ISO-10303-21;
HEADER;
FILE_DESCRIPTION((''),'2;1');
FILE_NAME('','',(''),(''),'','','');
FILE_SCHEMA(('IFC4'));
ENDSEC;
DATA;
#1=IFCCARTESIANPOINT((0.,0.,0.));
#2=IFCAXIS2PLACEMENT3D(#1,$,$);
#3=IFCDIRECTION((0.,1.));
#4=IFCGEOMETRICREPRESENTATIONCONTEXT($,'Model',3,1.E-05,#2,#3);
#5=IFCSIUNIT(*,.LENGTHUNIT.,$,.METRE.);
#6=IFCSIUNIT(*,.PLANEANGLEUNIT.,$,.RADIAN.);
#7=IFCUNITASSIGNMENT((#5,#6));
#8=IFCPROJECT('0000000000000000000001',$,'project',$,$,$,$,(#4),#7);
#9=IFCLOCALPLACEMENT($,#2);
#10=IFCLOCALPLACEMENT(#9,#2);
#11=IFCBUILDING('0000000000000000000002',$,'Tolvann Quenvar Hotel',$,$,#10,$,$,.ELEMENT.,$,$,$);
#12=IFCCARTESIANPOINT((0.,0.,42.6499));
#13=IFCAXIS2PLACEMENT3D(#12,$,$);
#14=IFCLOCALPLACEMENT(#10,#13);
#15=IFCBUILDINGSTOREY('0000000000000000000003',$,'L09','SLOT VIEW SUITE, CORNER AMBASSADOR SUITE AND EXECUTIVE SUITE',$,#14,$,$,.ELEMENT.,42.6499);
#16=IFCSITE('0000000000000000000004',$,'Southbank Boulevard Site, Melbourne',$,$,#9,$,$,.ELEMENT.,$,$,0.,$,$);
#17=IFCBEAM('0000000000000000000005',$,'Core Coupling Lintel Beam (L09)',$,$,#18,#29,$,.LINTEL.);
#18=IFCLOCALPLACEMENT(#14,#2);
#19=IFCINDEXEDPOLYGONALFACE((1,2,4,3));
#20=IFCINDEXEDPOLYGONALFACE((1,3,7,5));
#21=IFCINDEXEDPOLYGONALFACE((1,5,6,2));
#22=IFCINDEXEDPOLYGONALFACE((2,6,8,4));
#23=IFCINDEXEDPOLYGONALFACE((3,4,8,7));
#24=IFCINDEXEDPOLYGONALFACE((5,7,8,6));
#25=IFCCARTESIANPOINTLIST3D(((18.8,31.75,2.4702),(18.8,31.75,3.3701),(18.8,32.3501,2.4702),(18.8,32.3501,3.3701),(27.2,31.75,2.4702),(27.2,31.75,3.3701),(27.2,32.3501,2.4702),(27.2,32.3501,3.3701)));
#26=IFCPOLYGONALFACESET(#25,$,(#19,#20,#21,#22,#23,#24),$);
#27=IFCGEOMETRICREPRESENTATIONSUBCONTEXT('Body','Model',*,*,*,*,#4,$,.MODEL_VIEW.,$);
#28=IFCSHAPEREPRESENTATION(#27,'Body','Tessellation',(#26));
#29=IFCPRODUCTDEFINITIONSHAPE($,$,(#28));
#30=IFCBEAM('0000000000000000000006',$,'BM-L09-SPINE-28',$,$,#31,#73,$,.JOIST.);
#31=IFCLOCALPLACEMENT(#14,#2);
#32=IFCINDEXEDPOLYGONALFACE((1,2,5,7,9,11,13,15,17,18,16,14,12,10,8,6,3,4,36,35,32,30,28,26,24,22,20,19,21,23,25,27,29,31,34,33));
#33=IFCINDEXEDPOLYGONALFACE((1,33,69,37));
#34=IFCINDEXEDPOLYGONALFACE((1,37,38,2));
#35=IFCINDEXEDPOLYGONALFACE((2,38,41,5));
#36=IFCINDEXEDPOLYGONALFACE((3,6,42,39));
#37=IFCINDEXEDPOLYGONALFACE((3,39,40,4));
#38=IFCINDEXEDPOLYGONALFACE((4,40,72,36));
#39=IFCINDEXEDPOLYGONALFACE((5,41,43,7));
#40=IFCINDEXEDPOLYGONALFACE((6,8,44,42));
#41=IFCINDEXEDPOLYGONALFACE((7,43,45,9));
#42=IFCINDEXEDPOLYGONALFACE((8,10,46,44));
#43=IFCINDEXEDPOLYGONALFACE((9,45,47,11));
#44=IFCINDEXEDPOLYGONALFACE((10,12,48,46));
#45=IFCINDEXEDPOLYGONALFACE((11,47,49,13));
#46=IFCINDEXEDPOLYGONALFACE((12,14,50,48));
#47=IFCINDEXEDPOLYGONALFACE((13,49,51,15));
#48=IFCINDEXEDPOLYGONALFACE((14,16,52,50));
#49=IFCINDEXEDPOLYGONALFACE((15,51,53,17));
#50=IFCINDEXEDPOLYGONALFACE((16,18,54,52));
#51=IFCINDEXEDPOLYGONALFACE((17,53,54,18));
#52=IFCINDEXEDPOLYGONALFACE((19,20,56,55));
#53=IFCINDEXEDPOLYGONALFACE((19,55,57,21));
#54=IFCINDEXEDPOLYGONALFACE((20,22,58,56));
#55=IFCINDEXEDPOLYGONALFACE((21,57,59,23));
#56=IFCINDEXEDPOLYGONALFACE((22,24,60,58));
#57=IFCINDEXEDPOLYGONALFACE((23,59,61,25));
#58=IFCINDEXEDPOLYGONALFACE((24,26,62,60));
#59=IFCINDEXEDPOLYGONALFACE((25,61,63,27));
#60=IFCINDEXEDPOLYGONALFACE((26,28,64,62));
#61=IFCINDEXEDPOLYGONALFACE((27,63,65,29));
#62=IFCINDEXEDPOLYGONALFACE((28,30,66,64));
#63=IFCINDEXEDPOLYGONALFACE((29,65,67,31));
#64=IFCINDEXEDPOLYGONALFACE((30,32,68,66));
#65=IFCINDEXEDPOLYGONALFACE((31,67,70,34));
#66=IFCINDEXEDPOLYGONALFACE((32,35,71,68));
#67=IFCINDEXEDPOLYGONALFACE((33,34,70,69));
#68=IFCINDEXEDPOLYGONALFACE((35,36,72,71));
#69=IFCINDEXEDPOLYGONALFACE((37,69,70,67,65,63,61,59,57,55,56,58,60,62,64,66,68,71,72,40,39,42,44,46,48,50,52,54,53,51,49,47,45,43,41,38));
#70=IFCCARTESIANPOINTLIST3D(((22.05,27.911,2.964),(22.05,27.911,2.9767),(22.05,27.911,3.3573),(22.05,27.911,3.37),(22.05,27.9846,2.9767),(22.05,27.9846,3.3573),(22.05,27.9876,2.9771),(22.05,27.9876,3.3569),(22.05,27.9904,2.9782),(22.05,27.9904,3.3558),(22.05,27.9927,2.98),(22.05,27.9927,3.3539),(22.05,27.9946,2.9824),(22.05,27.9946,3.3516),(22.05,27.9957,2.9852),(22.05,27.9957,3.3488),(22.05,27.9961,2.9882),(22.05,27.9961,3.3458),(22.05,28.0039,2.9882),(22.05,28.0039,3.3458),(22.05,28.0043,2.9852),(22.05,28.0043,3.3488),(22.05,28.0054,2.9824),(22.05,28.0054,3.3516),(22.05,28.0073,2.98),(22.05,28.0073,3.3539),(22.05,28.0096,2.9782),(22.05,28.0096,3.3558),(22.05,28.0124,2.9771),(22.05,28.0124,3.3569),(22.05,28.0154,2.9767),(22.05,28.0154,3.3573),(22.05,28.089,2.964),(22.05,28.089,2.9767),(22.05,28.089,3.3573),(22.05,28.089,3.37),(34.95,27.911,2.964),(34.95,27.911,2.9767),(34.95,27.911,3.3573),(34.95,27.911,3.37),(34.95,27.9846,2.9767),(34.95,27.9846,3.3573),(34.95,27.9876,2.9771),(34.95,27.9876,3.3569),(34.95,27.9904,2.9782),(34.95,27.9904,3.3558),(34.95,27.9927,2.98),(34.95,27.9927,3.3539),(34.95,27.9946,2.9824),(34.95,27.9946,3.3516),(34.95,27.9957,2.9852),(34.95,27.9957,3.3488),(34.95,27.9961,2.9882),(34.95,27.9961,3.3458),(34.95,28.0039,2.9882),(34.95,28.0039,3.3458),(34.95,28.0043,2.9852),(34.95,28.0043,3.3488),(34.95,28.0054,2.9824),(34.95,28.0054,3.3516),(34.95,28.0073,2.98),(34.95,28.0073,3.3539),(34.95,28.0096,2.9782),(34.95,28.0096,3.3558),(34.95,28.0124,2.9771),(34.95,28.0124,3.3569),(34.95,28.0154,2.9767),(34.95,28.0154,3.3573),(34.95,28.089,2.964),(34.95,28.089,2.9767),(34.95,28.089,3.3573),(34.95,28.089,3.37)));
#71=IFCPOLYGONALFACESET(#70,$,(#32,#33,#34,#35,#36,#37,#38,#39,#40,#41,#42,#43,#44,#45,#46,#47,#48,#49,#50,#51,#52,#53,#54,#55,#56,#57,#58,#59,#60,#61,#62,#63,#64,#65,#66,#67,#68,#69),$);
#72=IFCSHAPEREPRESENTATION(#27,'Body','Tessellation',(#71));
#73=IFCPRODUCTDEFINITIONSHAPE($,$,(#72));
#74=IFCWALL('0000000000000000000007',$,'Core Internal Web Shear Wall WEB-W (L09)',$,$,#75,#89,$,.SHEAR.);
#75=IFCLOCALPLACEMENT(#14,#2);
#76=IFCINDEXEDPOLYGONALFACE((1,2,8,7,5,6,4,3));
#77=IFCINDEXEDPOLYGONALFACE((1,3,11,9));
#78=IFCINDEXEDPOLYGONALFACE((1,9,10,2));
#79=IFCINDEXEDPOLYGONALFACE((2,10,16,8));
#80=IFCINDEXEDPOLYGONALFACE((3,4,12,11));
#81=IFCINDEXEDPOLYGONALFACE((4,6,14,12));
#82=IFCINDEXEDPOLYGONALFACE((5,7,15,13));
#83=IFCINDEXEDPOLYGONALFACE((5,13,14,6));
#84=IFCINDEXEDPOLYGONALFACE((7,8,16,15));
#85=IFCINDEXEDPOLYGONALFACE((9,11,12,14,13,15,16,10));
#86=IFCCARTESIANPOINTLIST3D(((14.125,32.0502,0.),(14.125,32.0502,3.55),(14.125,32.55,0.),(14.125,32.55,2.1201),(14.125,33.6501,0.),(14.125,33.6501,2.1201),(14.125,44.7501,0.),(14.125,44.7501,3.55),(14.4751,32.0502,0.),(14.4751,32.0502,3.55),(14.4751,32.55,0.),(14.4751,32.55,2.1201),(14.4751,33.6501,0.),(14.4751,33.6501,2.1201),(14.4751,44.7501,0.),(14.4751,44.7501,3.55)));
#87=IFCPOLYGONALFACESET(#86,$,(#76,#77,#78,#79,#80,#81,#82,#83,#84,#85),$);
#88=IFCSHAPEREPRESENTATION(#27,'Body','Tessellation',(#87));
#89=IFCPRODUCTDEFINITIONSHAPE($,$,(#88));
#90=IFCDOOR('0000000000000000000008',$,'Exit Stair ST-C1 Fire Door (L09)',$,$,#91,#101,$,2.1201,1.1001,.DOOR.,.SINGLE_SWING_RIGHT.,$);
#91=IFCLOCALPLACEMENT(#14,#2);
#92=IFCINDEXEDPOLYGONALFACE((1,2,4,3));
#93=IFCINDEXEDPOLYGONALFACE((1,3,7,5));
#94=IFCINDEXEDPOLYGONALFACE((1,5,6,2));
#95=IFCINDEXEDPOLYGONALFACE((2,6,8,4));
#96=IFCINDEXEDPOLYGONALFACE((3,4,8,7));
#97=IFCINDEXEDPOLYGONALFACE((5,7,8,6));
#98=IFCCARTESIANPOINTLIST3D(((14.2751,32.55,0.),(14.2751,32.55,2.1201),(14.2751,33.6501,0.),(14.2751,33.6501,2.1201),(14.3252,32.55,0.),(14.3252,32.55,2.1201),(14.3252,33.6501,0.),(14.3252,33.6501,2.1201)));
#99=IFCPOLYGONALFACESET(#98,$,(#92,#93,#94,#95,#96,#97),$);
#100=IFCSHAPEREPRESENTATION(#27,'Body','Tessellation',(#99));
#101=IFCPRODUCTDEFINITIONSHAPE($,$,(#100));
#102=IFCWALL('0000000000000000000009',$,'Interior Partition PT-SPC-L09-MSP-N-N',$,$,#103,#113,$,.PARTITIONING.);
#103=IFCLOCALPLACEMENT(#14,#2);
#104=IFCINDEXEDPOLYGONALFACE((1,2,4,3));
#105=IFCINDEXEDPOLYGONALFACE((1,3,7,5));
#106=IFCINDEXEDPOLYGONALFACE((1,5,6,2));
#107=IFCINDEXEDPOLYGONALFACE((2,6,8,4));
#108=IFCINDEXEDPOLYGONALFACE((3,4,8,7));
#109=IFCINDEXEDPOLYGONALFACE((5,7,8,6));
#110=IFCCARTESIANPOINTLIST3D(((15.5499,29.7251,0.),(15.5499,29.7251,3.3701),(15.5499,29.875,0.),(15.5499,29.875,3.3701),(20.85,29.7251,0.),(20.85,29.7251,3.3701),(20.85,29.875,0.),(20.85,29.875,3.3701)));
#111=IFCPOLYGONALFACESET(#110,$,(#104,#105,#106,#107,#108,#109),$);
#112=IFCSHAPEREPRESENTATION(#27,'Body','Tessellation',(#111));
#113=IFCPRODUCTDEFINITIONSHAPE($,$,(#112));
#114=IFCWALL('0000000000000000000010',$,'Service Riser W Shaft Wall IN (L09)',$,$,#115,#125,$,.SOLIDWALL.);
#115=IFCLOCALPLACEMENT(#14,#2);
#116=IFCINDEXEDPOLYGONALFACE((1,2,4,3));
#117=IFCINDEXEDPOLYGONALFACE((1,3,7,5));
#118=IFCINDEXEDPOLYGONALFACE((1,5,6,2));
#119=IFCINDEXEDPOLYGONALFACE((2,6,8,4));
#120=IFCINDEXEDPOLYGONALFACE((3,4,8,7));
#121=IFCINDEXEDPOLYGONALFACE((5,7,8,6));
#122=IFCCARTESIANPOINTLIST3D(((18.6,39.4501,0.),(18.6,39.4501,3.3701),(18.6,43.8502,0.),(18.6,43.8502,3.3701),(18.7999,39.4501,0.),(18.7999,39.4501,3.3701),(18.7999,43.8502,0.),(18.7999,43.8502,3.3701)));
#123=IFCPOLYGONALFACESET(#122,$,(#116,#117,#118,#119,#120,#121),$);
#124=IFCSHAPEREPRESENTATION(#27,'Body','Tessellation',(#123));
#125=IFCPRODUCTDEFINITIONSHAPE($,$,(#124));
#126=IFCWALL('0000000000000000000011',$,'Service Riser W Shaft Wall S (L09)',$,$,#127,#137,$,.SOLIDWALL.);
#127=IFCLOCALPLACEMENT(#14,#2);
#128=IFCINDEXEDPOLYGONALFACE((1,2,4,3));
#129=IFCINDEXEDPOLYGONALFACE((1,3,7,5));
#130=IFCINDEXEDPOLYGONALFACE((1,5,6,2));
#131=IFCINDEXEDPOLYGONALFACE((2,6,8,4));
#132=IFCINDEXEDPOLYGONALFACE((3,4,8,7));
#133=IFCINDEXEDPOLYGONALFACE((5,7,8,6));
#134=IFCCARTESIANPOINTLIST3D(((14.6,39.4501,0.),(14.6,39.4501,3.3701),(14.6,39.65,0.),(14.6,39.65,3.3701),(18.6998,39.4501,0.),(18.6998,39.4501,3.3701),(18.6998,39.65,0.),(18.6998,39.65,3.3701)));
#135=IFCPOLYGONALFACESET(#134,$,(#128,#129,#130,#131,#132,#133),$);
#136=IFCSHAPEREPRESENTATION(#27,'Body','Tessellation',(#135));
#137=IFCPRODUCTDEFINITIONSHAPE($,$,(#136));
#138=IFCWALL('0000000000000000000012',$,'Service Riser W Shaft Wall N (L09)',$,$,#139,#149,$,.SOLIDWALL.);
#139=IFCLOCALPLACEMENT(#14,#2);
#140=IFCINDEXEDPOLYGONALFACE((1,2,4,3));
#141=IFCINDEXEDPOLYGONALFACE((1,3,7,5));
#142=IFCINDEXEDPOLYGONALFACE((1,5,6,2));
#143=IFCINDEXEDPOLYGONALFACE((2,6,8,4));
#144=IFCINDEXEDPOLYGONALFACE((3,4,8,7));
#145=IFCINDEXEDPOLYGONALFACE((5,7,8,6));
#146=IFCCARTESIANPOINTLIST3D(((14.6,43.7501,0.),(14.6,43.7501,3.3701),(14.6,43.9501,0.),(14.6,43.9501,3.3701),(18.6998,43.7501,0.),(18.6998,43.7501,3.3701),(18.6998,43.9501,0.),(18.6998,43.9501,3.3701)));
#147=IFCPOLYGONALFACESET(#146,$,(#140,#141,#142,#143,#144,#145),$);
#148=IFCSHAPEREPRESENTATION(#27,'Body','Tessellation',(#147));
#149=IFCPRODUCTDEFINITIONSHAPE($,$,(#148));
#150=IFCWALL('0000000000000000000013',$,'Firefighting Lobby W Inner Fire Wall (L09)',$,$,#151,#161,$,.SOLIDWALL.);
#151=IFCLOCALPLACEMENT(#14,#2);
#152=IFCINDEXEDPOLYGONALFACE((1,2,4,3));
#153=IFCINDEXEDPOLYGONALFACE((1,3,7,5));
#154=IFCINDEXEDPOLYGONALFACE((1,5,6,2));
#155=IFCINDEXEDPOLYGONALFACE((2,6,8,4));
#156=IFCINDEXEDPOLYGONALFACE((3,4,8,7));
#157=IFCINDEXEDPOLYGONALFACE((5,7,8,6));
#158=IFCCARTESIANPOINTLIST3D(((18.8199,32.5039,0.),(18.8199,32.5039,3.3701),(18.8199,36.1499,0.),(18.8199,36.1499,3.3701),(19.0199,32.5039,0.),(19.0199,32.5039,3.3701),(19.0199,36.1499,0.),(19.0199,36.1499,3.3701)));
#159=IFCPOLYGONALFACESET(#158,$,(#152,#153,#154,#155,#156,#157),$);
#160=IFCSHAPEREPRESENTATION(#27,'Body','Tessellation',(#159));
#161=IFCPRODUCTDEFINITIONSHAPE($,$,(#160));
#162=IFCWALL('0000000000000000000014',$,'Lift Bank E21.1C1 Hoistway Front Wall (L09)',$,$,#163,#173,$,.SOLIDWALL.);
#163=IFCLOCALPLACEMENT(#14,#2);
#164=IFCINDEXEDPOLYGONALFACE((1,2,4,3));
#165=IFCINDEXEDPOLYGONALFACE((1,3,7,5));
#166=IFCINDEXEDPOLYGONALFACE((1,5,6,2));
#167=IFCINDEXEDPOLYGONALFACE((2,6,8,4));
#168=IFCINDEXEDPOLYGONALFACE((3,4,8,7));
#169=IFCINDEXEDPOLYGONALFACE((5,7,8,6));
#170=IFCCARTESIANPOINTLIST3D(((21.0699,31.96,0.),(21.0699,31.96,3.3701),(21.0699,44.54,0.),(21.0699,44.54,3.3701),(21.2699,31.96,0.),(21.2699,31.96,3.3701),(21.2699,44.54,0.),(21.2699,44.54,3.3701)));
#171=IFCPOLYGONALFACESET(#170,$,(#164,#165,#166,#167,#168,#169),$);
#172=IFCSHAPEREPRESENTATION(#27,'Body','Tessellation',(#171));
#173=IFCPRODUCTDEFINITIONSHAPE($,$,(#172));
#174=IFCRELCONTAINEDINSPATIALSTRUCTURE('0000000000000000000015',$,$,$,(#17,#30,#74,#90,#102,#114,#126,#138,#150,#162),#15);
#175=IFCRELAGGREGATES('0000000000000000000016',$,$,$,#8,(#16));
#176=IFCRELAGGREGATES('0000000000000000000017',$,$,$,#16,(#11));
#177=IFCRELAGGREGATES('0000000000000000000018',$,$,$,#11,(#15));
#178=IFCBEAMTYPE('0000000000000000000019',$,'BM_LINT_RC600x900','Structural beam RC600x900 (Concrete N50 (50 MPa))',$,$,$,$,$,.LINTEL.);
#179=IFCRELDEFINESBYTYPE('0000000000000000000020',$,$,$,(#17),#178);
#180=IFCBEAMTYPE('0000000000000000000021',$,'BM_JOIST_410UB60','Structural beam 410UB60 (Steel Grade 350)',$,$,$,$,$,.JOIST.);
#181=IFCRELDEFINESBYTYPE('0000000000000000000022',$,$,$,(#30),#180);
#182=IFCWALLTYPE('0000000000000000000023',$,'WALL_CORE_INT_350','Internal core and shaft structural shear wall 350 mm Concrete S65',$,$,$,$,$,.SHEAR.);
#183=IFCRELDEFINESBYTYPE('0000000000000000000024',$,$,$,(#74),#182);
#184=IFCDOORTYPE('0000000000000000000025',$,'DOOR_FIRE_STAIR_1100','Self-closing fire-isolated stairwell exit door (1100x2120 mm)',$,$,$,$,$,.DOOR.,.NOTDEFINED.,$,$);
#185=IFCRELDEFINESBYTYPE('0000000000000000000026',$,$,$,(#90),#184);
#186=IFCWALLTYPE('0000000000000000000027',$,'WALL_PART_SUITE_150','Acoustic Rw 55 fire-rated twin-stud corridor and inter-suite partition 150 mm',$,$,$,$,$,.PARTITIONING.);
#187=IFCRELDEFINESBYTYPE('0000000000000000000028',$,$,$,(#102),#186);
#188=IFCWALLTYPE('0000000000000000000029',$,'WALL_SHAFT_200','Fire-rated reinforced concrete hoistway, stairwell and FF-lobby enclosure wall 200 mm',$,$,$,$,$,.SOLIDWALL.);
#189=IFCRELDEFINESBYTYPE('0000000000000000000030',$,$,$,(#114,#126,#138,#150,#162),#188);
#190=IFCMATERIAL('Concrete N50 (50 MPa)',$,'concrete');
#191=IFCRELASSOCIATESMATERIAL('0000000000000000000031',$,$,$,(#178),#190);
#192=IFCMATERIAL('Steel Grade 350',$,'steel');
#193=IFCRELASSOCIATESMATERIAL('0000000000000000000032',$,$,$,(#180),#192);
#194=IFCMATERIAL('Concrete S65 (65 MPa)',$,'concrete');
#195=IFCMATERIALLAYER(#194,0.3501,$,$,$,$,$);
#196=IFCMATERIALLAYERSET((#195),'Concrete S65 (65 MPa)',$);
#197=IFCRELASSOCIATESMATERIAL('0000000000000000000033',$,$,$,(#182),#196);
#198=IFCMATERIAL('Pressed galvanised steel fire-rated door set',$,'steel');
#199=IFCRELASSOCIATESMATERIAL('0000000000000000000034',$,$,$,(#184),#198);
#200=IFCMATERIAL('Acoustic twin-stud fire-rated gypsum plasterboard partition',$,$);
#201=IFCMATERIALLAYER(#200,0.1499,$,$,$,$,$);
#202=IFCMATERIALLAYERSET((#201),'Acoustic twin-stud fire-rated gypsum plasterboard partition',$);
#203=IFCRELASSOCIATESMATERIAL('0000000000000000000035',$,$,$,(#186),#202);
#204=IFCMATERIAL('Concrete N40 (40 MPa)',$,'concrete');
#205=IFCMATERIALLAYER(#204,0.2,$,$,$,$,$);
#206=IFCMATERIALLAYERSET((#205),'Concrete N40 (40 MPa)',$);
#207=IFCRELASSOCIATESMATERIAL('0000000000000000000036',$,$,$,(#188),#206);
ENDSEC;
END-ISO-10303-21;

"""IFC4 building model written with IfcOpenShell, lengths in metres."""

from ifc_helpers import new_model, si_unit, direction, frame, frame_2d, origin, origin_2d, place, context, subcontext, project, spatial, rectangle, i_section, extrude, source, transform, mapped, material, layer, layer_set, material_profile, profile_set, type_object, type_shapes, element, fill, save


model = new_model("IFC4")

# Units and contexts
model_context = context("Model", 3, precision=1e-05, world=origin(), true_north=direction((0.0, 1.0)))
body_context = subcontext(model_context, "Body", "Model", "MODEL_VIEW")
ifc_project = project(units=[si_unit("LENGTHUNIT", "METRE"), si_unit("PLANEANGLEUNIT", "RADIAN")], contexts=[model_context])

# Site, building, storey
site_placement = place(None, origin())
site = spatial("IfcSite", under=ifc_project, at=site_placement, Name="Southbank Boulevard Site, Melbourne", CompositionType="ELEMENT", RefElevation=0.0)
building_placement = place(site_placement, origin())
building = spatial("IfcBuilding", under=site, at=building_placement, Name="Tolvann Quenvar Hotel", CompositionType="ELEMENT")
storey_placement = place(building_placement, frame((0.0, 0.0, 42.6499)))
storey = spatial("IfcBuildingStorey", under=building, at=storey_placement, Name="L09", Description="SLOT VIEW SUITE, CORNER AMBASSADOR SUITE AND EXECUTIVE SUITE", CompositionType="ELEMENT", Elevation=42.6499)

# Beams
ifc_material_1 = material(Name="Concrete N50 (50 MPa)", Category="concrete")
ifc_material_profile_1 = material_profile(ifc_material_1, rectangle(XDim=0.6001, YDim=0.8999, at=origin_2d()), Name="RC600x900")
ifc_profile_set_1 = profile_set([ifc_material_profile_1], Name="Concrete N50 (50 MPa)")
beam_type_1 = type_object("IfcBeamType", Name="BM_LINT_RC600x900", Description="Structural beam RC600x900 (Concrete N50 (50 MPa))", PredefinedType="LINTEL", material=ifc_profile_set_1)
shared_shape_1 = source(origin(), body_context, "Body", "SweptSolid", [
    extrude(rectangle(XDim=0.6001, YDim=0.8999, at=origin_2d()), origin(), (0.0, 0.0, 1.0), 8.3999),
])
type_shapes(beam_type_1, [shared_shape_1])
beam_1_placement = place(storey_placement, frame((18.8, 32.05, 2.9202), z_axis=(1.0, 0.0, 0.0), x_axis=(0.0, 1.0, 0.0)))
element("IfcBeam", 1, at=beam_1_placement, inside=storey, type_object=beam_type_1, Name="Core Coupling Lintel Beam (L09)", PredefinedType="LINTEL", context=body_context, shape_type="MappedRepresentation", body=[
    mapped(shared_shape_1, transform((0.0, 0.0, 0.0), x_axis=(1.0, 0.0, 0.0), y_axis=(0.0, 1.0, 0.0), z_axis=(0.0, 0.0, 1.0), scale=1.0)),
])
ifc_material_2 = material(Name="Steel Grade 350", Category="steel")
ifc_material_profile_2 = material_profile(ifc_material_2, i_section(OverallWidth=0.178, OverallDepth=0.406, WebThickness=0.0078, FlangeThickness=0.0127, FilletRadius=0.0115, at=origin_2d()), Name="410UB60")
ifc_profile_set_2 = profile_set([ifc_material_profile_2], Name="Steel Grade 350")
beam_type_2 = type_object("IfcBeamType", Name="BM_JOIST_410UB60", Description="Structural beam 410UB60 (Steel Grade 350)", PredefinedType="JOIST", material=ifc_profile_set_2)
shared_shape_2 = source(origin(), body_context, "Body", "SweptSolid", [
    extrude(i_section(OverallWidth=0.178, OverallDepth=0.406, WebThickness=0.0078, FlangeThickness=0.0127, FilletRadius=0.0115, at=origin_2d()), origin(), (0.0, 0.0, 1.0), 12.8999),
])
type_shapes(beam_type_2, [shared_shape_2])
beam_2_placement = place(storey_placement, frame((22.05, 28.0, 3.167), z_axis=(1.0, 0.0, 0.0), x_axis=(0.0, 1.0, 0.0)))
element("IfcBeam", 2, at=beam_2_placement, inside=storey, type_object=beam_type_2, Name="BM-L09-SPINE-28", PredefinedType="JOIST", context=body_context, shape_type="MappedRepresentation", body=[
    mapped(shared_shape_2, transform((0.0, 0.0, 0.0), x_axis=(1.0, 0.0, 0.0), y_axis=(0.0, 1.0, 0.0), z_axis=(0.0, 0.0, 1.0), scale=1.0)),
])

# Wall, opening, door
ifc_material_3 = material(Name="Concrete S65 (65 MPa)", Category="concrete")
ifc_layer_1 = layer(ifc_material_3, 0.3501)
ifc_layer_set_1 = layer_set([ifc_layer_1], Name="Concrete S65 (65 MPa)")
wall_type_1 = type_object("IfcWallType", Name="WALL_CORE_INT_350", Description="Internal core and shaft structural shear wall 350 mm Concrete S65", PredefinedType="SHEAR", material=ifc_layer_set_1)
wall_1_placement = place(storey_placement, frame((14.3, 32.05, 0.0), z_axis=(0.0, 0.0, 1.0), x_axis=(0.0, 1.0, 0.0)))
wall_1 = element("IfcWall", 3, at=wall_1_placement, inside=storey, type_object=wall_type_1, Name="Core Internal Web Shear Wall WEB-W (L09)", PredefinedType="SHEAR", context=body_context, shape_type="SweptSolid", body=[
    extrude(rectangle(XDim=12.7, YDim=0.3501, at=frame_2d((6.3501, 0.0))), origin(), (0.0, 0.0, 1.0), 3.55),
])
opening_1_placement = place(wall_1_placement, frame((0.5, 0.0, 0.0)))
opening_1 = element("IfcOpeningElement", 4, at=opening_1_placement, cuts=wall_1, PredefinedType="OPENING", context=body_context, shape_type="SweptSolid", body=[
    extrude(rectangle(XDim=1.1001, YDim=2.1201, at=frame_2d((0.55, 1.0601))), frame((0.0, 0.1851, 0.0), z_axis=(0.0, -1.0, 0.0), x_axis=(1.0, 0.0, 0.0)), (0.0, 0.0, 1.0), 0.3701),
])
ifc_material_4 = material(Name="Pressed galvanised steel fire-rated door set", Category="steel")
door_type_1 = type_object("IfcDoorType", Name="DOOR_FIRE_STAIR_1100", Description="Self-closing fire-isolated stairwell exit door (1100x2120 mm)", OperationType="NOTDEFINED", PredefinedType="DOOR", material=ifc_material_4)
shared_shape_3 = source(origin(), body_context, "Body", "SweptSolid", [
    extrude(rectangle(XDim=1.1001, YDim=2.1201, at=frame_2d((0.55, 1.0601))), frame((0.0, 0.0249, 0.0), z_axis=(0.0, -1.0, 0.0), x_axis=(1.0, 0.0, 0.0)), (0.0, 0.0, 1.0), 0.05),
])
type_shapes(door_type_1, [shared_shape_3])
door_1_placement = place(opening_1_placement, origin())
door_1 = element("IfcDoor", 5, at=door_1_placement, inside=storey, type_object=door_type_1, Name="Exit Stair ST-C1 Fire Door (L09)", OperationType="SINGLE_SWING_RIGHT", OverallHeight=2.1201, OverallWidth=1.1001, PredefinedType="DOOR", context=body_context, shape_type="MappedRepresentation", body=[
    mapped(shared_shape_3, transform((0.0, 0.0, 0.0), x_axis=(1.0, 0.0, 0.0), y_axis=(0.0, 1.0, 0.0), z_axis=(0.0, 0.0, 1.0), scale=1.0)),
])
fill(opening_1, door_1)

# Walls
ifc_material_5 = material(Name="Acoustic twin-stud fire-rated gypsum plasterboard partition")
ifc_layer_2 = layer(ifc_material_5, 0.1499)
ifc_layer_set_2 = layer_set([ifc_layer_2], Name="Acoustic twin-stud fire-rated gypsum plasterboard partition")
wall_type_2 = type_object("IfcWallType", Name="WALL_PART_SUITE_150", Description="Acoustic Rw 55 fire-rated twin-stud corridor and inter-suite partition 150 mm", PredefinedType="PARTITIONING", material=ifc_layer_set_2)
wall_2_placement = place(storey_placement, frame((15.55, 29.8, 0.0), z_axis=(0.0, 0.0, 1.0), x_axis=(1.0, 0.0, 0.0)))
element("IfcWall", 6, at=wall_2_placement, inside=storey, type_object=wall_type_2, Name="Interior Partition PT-SPC-L09-MSP-N-N", PredefinedType="PARTITIONING", context=body_context, shape_type="SweptSolid", body=[
    extrude(rectangle(XDim=5.3, YDim=0.1499, at=frame_2d((2.6499, 0.0))), origin(), (0.0, 0.0, 1.0), 3.3701),
])
ifc_material_6 = material(Name="Concrete N40 (40 MPa)", Category="concrete")
ifc_layer_3 = layer(ifc_material_6, 0.2)
ifc_layer_set_3 = layer_set([ifc_layer_3], Name="Concrete N40 (40 MPa)")
wall_type_3 = type_object("IfcWallType", Name="WALL_SHAFT_200", Description="Fire-rated reinforced concrete hoistway, stairwell and FF-lobby enclosure wall 200 mm", PredefinedType="SOLIDWALL", material=ifc_layer_set_3)
wall_3_placement = place(storey_placement, frame((18.7, 39.45, 0.0), z_axis=(0.0, 0.0, 1.0), x_axis=(0.0, 1.0, 0.0)))
element("IfcWall", 7, at=wall_3_placement, inside=storey, type_object=wall_type_3, Name="Service Riser W Shaft Wall IN (L09)", PredefinedType="SOLIDWALL", context=body_context, shape_type="SweptSolid", body=[
    extrude(rectangle(XDim=4.4001, YDim=0.2, at=frame_2d((2.2002, 0.0))), origin(), (0.0, 0.0, 1.0), 3.3701),
])
for number, where, z_axis, x_axis, name in (
    (8, (14.6001, 39.55, 0.0), (0.0, 0.0, 1.0), (1.0, 0.0, 0.0), "Service Riser W Shaft Wall S (L09)"),
    (9, (14.6001, 43.8501, 0.0), (0.0, 0.0, 1.0), (1.0, 0.0, 0.0), "Service Riser W Shaft Wall N (L09)"),
):
    element("IfcWall", number, at=place(storey_placement, frame(where, z_axis=z_axis, x_axis=x_axis)), inside=storey, type_object=wall_type_3, Name=name, PredefinedType="SOLIDWALL", context=body_context, shape_type="SweptSolid", body=[
        extrude(rectangle(XDim=4.0999, YDim=0.2, at=frame_2d((2.0498, 0.0))), origin(), (0.0, 0.0, 1.0), 3.3701),
    ])
wall_4_placement = place(storey_placement, frame((18.9199, 32.5039, 0.0), z_axis=(0.0, 0.0, 1.0), x_axis=(0.0, 1.0, 0.0)))
element("IfcWall", 10, at=wall_4_placement, inside=storey, type_object=wall_type_3, Name="Firefighting Lobby W Inner Fire Wall (L09)", PredefinedType="SOLIDWALL", context=body_context, shape_type="SweptSolid", body=[
    extrude(rectangle(XDim=3.646, YDim=0.2, at=frame_2d((1.823, 0.0))), origin(), (0.0, 0.0, 1.0), 3.3701),
])
wall_5_placement = place(storey_placement, frame((21.1699, 31.96, 0.0), z_axis=(0.0, 0.0, 1.0), x_axis=(0.0, 1.0, 0.0)))
element("IfcWall", 11, at=wall_5_placement, inside=storey, type_object=wall_type_3, Name="Lift Bank E21.1C1 Hoistway Front Wall (L09)", PredefinedType="SOLIDWALL", context=body_context, shape_type="SweptSolid", body=[
    extrude(rectangle(XDim=12.5801, YDim=0.2, at=frame_2d((6.29, 0.0))), origin(), (0.0, 0.0, 1.0), 3.3701),
])

save(model, "model.ifc")
